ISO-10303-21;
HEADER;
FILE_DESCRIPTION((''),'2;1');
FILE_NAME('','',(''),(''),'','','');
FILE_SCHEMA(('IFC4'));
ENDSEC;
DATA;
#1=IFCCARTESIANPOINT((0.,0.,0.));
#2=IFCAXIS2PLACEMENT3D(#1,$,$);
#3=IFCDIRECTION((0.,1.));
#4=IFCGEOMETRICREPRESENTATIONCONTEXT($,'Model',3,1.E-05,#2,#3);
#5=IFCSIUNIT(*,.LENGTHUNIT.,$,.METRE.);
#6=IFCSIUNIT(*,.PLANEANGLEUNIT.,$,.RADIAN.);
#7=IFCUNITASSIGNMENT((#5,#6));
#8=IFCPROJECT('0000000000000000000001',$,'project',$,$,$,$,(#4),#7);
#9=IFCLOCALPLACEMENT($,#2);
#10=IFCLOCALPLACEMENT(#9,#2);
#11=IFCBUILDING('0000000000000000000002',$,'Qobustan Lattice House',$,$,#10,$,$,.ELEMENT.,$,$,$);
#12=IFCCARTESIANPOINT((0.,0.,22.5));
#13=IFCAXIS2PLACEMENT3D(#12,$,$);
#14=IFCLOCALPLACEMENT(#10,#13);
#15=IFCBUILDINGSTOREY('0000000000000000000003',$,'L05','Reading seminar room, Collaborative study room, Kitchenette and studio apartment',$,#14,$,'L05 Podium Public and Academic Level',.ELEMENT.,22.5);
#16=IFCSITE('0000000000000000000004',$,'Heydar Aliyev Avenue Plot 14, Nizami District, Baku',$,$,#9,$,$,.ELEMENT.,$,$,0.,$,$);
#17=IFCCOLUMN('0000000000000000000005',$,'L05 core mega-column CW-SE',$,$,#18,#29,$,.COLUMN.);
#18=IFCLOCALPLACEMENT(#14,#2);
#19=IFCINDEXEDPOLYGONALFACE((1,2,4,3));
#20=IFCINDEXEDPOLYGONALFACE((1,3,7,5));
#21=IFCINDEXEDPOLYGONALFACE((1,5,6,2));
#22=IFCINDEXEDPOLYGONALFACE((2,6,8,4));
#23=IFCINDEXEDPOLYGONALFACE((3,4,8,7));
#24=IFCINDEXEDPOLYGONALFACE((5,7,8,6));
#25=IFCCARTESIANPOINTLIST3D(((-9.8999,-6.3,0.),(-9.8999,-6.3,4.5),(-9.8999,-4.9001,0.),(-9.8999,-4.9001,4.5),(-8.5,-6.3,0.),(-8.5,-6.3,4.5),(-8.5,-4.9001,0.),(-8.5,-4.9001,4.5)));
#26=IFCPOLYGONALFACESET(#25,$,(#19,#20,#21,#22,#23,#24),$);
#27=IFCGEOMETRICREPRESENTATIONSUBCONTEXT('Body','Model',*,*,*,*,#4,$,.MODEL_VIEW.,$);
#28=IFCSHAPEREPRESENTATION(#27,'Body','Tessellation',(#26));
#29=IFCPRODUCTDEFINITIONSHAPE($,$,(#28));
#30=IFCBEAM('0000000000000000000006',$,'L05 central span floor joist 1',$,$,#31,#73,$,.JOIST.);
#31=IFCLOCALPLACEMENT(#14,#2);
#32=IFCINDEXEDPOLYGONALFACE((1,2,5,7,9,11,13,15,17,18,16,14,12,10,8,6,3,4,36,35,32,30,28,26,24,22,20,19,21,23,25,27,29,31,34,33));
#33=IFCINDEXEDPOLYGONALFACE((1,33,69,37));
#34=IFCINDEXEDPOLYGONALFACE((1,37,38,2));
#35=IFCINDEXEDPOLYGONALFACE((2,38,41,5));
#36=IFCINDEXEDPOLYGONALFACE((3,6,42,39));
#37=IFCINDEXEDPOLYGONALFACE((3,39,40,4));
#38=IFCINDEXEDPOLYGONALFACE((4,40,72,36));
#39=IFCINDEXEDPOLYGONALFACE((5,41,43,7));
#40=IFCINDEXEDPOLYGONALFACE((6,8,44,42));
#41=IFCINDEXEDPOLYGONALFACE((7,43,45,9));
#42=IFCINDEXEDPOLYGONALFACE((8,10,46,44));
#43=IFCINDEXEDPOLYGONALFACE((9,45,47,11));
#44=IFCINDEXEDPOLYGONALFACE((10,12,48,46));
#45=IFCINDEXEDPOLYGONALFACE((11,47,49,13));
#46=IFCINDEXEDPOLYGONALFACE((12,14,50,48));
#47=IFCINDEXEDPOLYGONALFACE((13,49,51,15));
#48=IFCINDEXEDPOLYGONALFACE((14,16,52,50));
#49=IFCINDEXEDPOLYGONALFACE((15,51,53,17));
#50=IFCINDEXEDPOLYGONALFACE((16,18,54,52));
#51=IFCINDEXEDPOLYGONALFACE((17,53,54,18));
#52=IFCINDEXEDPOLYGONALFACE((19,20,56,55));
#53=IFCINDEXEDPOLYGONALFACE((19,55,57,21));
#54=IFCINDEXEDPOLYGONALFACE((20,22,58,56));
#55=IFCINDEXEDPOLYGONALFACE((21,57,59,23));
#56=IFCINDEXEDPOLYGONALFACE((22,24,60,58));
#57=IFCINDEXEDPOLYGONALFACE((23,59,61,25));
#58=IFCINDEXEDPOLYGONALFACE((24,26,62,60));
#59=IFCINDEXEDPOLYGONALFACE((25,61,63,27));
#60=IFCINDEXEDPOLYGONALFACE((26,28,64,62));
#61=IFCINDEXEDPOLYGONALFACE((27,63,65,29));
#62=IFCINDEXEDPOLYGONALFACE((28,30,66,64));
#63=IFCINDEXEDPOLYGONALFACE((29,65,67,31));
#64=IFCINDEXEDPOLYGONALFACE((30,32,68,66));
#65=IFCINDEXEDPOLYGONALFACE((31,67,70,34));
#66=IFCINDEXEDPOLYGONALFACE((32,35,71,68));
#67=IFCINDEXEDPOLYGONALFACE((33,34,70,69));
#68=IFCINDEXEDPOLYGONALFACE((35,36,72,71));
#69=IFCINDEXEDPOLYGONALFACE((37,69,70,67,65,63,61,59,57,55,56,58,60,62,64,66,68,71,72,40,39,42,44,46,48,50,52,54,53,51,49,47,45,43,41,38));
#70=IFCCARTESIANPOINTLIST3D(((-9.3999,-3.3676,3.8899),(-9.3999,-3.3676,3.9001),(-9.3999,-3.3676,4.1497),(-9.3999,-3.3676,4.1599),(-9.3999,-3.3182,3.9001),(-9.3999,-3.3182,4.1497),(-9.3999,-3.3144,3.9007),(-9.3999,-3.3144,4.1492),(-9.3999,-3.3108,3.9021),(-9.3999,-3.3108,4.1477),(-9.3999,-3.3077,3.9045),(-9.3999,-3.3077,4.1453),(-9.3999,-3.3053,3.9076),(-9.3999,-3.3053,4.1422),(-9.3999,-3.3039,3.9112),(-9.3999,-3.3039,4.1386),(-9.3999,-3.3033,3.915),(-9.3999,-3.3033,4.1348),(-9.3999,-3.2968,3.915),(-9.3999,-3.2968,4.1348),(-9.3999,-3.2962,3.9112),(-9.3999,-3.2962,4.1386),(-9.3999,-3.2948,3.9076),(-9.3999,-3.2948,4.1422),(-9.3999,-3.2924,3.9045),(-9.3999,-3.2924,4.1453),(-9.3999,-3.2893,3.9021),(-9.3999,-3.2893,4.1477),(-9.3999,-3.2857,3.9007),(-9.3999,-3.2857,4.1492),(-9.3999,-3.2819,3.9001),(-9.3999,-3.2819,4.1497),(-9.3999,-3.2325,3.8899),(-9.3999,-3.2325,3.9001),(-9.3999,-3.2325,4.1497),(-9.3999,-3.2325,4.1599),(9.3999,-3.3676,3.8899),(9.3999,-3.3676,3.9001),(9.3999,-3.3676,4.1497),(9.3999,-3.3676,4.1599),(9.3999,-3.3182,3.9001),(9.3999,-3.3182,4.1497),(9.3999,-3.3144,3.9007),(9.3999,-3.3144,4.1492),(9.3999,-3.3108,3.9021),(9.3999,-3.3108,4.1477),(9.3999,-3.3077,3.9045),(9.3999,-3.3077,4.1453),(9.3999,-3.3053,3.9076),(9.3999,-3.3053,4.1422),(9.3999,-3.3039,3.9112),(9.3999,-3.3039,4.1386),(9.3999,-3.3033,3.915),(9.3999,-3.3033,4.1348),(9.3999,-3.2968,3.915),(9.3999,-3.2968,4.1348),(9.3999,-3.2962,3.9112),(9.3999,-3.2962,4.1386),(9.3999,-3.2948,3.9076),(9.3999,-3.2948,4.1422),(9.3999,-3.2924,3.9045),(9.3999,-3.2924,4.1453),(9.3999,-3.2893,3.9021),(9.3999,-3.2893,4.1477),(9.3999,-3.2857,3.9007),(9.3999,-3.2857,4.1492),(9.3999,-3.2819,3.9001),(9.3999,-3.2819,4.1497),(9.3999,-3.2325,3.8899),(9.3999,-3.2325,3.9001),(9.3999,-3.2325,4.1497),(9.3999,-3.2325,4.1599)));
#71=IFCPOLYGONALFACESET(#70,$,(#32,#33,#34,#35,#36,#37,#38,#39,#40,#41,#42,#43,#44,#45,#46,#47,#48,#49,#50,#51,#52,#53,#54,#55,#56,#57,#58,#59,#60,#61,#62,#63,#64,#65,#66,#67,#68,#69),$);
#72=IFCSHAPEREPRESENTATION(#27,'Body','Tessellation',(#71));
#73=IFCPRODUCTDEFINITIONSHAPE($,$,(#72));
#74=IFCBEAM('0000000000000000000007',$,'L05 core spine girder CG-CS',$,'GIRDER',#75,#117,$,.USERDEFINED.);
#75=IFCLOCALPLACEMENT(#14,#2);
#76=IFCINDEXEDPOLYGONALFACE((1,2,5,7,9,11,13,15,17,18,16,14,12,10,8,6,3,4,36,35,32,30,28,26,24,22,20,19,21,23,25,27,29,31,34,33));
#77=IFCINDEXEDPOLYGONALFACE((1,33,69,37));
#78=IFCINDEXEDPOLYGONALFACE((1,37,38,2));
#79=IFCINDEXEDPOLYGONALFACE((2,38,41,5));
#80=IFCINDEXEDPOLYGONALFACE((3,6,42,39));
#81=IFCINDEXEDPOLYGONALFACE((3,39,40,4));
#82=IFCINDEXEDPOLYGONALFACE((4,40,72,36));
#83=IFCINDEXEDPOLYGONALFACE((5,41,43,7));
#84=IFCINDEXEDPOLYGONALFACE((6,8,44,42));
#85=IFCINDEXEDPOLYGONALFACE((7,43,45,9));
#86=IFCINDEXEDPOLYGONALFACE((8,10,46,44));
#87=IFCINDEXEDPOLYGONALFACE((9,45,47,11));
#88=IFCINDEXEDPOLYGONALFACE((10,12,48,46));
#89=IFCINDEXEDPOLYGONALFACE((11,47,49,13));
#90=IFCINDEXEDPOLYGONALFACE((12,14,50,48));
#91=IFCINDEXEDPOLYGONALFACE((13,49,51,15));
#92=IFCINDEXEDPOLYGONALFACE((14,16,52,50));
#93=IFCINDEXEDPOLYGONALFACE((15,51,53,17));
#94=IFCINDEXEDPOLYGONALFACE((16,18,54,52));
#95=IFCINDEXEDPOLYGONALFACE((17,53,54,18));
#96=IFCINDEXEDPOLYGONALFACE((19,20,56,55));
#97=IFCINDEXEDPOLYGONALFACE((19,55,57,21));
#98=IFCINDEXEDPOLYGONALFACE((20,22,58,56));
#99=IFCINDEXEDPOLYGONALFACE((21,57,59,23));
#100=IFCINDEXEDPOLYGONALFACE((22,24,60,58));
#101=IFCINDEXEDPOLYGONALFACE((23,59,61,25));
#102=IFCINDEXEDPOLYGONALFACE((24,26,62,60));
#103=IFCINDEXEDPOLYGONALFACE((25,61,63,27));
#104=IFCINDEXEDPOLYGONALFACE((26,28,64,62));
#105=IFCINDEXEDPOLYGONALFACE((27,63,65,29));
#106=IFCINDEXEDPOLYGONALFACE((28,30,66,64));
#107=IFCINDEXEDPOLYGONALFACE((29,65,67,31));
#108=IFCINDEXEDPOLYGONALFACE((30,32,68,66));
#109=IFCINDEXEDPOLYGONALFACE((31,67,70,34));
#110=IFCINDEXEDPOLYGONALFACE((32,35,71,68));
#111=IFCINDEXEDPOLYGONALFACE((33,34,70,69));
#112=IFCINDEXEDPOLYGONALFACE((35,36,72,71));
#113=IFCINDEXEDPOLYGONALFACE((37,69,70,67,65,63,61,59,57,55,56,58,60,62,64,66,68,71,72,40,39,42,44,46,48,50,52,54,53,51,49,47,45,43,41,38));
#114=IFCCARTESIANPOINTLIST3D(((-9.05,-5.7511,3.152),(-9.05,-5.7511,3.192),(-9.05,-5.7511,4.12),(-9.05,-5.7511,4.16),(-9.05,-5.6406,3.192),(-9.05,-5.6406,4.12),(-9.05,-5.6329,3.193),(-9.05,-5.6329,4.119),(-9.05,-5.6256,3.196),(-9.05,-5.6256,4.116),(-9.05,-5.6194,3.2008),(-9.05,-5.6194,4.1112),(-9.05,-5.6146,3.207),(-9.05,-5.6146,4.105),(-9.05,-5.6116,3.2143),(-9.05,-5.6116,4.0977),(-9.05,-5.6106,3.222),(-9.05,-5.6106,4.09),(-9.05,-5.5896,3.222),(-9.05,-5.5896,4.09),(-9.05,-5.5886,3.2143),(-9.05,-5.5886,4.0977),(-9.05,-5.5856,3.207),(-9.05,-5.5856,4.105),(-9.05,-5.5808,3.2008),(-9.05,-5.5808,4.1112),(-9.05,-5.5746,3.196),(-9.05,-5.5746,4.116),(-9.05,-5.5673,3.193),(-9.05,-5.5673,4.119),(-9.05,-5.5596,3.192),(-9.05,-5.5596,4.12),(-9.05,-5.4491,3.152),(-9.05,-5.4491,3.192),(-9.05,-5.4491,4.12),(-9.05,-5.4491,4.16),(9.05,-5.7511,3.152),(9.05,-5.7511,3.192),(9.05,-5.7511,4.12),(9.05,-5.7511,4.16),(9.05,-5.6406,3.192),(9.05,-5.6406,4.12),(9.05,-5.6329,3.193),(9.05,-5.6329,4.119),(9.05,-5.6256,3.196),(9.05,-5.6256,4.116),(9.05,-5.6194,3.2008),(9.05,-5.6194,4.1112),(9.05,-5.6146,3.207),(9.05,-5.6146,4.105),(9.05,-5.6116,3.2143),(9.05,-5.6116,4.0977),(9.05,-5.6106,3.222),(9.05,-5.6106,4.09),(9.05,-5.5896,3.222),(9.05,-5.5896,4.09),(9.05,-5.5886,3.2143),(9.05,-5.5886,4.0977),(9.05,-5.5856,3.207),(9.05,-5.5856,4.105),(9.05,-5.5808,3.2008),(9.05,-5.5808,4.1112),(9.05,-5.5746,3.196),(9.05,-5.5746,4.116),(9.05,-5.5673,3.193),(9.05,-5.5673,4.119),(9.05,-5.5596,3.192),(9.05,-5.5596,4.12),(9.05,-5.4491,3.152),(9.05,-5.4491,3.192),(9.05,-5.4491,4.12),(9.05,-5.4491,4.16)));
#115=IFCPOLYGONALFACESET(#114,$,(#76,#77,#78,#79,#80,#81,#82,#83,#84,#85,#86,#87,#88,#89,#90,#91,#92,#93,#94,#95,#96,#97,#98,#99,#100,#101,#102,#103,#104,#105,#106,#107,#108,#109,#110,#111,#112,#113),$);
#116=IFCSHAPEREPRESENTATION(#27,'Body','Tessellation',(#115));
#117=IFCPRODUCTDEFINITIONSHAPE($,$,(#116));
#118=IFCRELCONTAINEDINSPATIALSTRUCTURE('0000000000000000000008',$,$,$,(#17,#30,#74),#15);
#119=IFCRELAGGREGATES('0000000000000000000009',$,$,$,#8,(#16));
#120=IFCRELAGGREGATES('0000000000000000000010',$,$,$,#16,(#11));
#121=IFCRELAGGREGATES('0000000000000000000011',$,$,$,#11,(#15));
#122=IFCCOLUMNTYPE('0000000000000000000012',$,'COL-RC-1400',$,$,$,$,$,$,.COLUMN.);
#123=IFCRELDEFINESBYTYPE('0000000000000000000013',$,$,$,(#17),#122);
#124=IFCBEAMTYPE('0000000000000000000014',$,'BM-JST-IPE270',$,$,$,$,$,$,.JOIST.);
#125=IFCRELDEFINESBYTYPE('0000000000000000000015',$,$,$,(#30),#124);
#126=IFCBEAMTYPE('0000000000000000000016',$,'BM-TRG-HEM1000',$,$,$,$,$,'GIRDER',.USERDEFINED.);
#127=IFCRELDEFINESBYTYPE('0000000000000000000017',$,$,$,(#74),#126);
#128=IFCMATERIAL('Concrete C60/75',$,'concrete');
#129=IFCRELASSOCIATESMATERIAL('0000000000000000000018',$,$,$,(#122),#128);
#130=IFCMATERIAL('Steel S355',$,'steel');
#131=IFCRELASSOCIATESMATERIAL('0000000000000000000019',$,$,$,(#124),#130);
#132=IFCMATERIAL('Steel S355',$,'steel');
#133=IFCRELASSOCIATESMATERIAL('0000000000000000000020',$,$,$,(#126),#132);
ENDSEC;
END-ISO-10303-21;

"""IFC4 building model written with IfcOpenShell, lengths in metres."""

from ifc_helpers import new_model, si_unit, direction, frame, origin, origin_2d, place, context, subcontext, project, spatial, rectangle, i_section, extrude, material, material_profile, profile_set, type_object, element, save


model = new_model("IFC4")

# Units and contexts
model_context = context("Model", 3, precision=1e-05, world=origin(), true_north=direction((0.0, 1.0)))
body_context = subcontext(model_context, "Body", "Model", "MODEL_VIEW")
ifc_project = project(units=[si_unit("LENGTHUNIT", "METRE"), si_unit("PLANEANGLEUNIT", "RADIAN")], contexts=[model_context])

# Site, building, storey
site_placement = place(None, origin())
site = spatial("IfcSite", under=ifc_project, at=site_placement, Name="Heydar Aliyev Avenue Plot 14, Nizami District, Baku", CompositionType="ELEMENT", RefElevation=0.0)
building_placement = place(site_placement, origin())
building = spatial("IfcBuilding", under=site, at=building_placement, Name="Qobustan Lattice House", CompositionType="ELEMENT")
storey_placement = place(building_placement, frame((0.0, 0.0, 22.5)))
storey = spatial("IfcBuildingStorey", under=building, at=storey_placement, Name="L05", Description="Reading seminar room, Collaborative study room, Kitchenette and studio apartment", LongName="L05 Podium Public and Academic Level", CompositionType="ELEMENT", Elevation=22.5)

# Column
ifc_material_1 = material(Name="Concrete C60/75", Category="concrete")
ifc_material_profile_1 = material_profile(ifc_material_1, rectangle(XDim=1.3999, YDim=1.3999, at=origin_2d()), Name="RC1400x1400")
ifc_profile_set_1 = profile_set([ifc_material_profile_1], Name="Concrete C60/75")
column_type = type_object("IfcColumnType", Name="COL-RC-1400", PredefinedType="COLUMN", material=ifc_profile_set_1)
column_placement = place(storey_placement, frame((-9.2, -5.6001, 0.0), z_axis=(0.0, 0.0, 1.0), x_axis=(1.0, 0.0, 0.0)))
element("IfcColumn", 1, at=column_placement, inside=storey, type_object=column_type, Name="L05 core mega-column CW-SE", PredefinedType="COLUMN", context=body_context, shape_type="SweptSolid", body=[
    extrude(rectangle(XDim=1.3999, YDim=1.3999, at=origin_2d()), origin(), (0.0, 0.0, 1.0), 4.5),
])

# Beams
ifc_material_2 = material(Name="Steel S355", Category="steel")
ifc_material_profile_2 = material_profile(ifc_material_2, i_section(OverallWidth=0.135, OverallDepth=0.27, WebThickness=0.0066, FlangeThickness=0.0103, FilletRadius=0.0149, at=origin_2d()), Name="IPE270")
ifc_profile_set_2 = profile_set([ifc_material_profile_2], Name="Steel S355")
beam_type_1 = type_object("IfcBeamType", Name="BM-JST-IPE270", PredefinedType="JOIST", material=ifc_profile_set_2)
beam_1_placement = place(storey_placement, frame((-9.3999, -3.3, 4.0249), z_axis=(1.0, 0.0, 0.0), x_axis=(0.0, 1.0, 0.0)))
element("IfcBeam", 2, at=beam_1_placement, inside=storey, type_object=beam_type_1, Name="L05 central span floor joist 1", PredefinedType="JOIST", context=body_context, shape_type="SweptSolid", body=[
    extrude(i_section(OverallWidth=0.135, OverallDepth=0.27, WebThickness=0.0066, FlangeThickness=0.0103, FilletRadius=0.0149, at=origin_2d()), origin(), (0.0, 0.0, 1.0), 18.7998),
])
ifc_material_3 = material(Name="Steel S355", Category="steel")
ifc_material_profile_3 = material_profile(ifc_material_3, i_section(OverallWidth=0.302, OverallDepth=1.0081, WebThickness=0.021, FlangeThickness=0.04, FilletRadius=0.03, at=origin_2d()), Name="HEM1000")
ifc_profile_set_3 = profile_set([ifc_material_profile_3], Name="Steel S355")
beam_type_2 = type_object("IfcBeamType", Name="BM-TRG-HEM1000", ElementType="GIRDER", PredefinedType="USERDEFINED", material=ifc_profile_set_3)
beam_2_placement = place(storey_placement, frame((-9.05, -5.6001, 3.656), z_axis=(1.0, 0.0, 0.0), x_axis=(0.0, 1.0, 0.0)))
element("IfcBeam", 3, at=beam_2_placement, inside=storey, type_object=beam_type_2, Name="L05 core spine girder CG-CS", ObjectType="GIRDER", PredefinedType="USERDEFINED", context=body_context, shape_type="SweptSolid", body=[
    extrude(i_section(OverallWidth=0.302, OverallDepth=1.0081, WebThickness=0.021, FlangeThickness=0.04, FilletRadius=0.03, at=origin_2d()), origin(), (0.0, 0.0, 1.0), 18.1001),
])

save(model, "model.ifc")
